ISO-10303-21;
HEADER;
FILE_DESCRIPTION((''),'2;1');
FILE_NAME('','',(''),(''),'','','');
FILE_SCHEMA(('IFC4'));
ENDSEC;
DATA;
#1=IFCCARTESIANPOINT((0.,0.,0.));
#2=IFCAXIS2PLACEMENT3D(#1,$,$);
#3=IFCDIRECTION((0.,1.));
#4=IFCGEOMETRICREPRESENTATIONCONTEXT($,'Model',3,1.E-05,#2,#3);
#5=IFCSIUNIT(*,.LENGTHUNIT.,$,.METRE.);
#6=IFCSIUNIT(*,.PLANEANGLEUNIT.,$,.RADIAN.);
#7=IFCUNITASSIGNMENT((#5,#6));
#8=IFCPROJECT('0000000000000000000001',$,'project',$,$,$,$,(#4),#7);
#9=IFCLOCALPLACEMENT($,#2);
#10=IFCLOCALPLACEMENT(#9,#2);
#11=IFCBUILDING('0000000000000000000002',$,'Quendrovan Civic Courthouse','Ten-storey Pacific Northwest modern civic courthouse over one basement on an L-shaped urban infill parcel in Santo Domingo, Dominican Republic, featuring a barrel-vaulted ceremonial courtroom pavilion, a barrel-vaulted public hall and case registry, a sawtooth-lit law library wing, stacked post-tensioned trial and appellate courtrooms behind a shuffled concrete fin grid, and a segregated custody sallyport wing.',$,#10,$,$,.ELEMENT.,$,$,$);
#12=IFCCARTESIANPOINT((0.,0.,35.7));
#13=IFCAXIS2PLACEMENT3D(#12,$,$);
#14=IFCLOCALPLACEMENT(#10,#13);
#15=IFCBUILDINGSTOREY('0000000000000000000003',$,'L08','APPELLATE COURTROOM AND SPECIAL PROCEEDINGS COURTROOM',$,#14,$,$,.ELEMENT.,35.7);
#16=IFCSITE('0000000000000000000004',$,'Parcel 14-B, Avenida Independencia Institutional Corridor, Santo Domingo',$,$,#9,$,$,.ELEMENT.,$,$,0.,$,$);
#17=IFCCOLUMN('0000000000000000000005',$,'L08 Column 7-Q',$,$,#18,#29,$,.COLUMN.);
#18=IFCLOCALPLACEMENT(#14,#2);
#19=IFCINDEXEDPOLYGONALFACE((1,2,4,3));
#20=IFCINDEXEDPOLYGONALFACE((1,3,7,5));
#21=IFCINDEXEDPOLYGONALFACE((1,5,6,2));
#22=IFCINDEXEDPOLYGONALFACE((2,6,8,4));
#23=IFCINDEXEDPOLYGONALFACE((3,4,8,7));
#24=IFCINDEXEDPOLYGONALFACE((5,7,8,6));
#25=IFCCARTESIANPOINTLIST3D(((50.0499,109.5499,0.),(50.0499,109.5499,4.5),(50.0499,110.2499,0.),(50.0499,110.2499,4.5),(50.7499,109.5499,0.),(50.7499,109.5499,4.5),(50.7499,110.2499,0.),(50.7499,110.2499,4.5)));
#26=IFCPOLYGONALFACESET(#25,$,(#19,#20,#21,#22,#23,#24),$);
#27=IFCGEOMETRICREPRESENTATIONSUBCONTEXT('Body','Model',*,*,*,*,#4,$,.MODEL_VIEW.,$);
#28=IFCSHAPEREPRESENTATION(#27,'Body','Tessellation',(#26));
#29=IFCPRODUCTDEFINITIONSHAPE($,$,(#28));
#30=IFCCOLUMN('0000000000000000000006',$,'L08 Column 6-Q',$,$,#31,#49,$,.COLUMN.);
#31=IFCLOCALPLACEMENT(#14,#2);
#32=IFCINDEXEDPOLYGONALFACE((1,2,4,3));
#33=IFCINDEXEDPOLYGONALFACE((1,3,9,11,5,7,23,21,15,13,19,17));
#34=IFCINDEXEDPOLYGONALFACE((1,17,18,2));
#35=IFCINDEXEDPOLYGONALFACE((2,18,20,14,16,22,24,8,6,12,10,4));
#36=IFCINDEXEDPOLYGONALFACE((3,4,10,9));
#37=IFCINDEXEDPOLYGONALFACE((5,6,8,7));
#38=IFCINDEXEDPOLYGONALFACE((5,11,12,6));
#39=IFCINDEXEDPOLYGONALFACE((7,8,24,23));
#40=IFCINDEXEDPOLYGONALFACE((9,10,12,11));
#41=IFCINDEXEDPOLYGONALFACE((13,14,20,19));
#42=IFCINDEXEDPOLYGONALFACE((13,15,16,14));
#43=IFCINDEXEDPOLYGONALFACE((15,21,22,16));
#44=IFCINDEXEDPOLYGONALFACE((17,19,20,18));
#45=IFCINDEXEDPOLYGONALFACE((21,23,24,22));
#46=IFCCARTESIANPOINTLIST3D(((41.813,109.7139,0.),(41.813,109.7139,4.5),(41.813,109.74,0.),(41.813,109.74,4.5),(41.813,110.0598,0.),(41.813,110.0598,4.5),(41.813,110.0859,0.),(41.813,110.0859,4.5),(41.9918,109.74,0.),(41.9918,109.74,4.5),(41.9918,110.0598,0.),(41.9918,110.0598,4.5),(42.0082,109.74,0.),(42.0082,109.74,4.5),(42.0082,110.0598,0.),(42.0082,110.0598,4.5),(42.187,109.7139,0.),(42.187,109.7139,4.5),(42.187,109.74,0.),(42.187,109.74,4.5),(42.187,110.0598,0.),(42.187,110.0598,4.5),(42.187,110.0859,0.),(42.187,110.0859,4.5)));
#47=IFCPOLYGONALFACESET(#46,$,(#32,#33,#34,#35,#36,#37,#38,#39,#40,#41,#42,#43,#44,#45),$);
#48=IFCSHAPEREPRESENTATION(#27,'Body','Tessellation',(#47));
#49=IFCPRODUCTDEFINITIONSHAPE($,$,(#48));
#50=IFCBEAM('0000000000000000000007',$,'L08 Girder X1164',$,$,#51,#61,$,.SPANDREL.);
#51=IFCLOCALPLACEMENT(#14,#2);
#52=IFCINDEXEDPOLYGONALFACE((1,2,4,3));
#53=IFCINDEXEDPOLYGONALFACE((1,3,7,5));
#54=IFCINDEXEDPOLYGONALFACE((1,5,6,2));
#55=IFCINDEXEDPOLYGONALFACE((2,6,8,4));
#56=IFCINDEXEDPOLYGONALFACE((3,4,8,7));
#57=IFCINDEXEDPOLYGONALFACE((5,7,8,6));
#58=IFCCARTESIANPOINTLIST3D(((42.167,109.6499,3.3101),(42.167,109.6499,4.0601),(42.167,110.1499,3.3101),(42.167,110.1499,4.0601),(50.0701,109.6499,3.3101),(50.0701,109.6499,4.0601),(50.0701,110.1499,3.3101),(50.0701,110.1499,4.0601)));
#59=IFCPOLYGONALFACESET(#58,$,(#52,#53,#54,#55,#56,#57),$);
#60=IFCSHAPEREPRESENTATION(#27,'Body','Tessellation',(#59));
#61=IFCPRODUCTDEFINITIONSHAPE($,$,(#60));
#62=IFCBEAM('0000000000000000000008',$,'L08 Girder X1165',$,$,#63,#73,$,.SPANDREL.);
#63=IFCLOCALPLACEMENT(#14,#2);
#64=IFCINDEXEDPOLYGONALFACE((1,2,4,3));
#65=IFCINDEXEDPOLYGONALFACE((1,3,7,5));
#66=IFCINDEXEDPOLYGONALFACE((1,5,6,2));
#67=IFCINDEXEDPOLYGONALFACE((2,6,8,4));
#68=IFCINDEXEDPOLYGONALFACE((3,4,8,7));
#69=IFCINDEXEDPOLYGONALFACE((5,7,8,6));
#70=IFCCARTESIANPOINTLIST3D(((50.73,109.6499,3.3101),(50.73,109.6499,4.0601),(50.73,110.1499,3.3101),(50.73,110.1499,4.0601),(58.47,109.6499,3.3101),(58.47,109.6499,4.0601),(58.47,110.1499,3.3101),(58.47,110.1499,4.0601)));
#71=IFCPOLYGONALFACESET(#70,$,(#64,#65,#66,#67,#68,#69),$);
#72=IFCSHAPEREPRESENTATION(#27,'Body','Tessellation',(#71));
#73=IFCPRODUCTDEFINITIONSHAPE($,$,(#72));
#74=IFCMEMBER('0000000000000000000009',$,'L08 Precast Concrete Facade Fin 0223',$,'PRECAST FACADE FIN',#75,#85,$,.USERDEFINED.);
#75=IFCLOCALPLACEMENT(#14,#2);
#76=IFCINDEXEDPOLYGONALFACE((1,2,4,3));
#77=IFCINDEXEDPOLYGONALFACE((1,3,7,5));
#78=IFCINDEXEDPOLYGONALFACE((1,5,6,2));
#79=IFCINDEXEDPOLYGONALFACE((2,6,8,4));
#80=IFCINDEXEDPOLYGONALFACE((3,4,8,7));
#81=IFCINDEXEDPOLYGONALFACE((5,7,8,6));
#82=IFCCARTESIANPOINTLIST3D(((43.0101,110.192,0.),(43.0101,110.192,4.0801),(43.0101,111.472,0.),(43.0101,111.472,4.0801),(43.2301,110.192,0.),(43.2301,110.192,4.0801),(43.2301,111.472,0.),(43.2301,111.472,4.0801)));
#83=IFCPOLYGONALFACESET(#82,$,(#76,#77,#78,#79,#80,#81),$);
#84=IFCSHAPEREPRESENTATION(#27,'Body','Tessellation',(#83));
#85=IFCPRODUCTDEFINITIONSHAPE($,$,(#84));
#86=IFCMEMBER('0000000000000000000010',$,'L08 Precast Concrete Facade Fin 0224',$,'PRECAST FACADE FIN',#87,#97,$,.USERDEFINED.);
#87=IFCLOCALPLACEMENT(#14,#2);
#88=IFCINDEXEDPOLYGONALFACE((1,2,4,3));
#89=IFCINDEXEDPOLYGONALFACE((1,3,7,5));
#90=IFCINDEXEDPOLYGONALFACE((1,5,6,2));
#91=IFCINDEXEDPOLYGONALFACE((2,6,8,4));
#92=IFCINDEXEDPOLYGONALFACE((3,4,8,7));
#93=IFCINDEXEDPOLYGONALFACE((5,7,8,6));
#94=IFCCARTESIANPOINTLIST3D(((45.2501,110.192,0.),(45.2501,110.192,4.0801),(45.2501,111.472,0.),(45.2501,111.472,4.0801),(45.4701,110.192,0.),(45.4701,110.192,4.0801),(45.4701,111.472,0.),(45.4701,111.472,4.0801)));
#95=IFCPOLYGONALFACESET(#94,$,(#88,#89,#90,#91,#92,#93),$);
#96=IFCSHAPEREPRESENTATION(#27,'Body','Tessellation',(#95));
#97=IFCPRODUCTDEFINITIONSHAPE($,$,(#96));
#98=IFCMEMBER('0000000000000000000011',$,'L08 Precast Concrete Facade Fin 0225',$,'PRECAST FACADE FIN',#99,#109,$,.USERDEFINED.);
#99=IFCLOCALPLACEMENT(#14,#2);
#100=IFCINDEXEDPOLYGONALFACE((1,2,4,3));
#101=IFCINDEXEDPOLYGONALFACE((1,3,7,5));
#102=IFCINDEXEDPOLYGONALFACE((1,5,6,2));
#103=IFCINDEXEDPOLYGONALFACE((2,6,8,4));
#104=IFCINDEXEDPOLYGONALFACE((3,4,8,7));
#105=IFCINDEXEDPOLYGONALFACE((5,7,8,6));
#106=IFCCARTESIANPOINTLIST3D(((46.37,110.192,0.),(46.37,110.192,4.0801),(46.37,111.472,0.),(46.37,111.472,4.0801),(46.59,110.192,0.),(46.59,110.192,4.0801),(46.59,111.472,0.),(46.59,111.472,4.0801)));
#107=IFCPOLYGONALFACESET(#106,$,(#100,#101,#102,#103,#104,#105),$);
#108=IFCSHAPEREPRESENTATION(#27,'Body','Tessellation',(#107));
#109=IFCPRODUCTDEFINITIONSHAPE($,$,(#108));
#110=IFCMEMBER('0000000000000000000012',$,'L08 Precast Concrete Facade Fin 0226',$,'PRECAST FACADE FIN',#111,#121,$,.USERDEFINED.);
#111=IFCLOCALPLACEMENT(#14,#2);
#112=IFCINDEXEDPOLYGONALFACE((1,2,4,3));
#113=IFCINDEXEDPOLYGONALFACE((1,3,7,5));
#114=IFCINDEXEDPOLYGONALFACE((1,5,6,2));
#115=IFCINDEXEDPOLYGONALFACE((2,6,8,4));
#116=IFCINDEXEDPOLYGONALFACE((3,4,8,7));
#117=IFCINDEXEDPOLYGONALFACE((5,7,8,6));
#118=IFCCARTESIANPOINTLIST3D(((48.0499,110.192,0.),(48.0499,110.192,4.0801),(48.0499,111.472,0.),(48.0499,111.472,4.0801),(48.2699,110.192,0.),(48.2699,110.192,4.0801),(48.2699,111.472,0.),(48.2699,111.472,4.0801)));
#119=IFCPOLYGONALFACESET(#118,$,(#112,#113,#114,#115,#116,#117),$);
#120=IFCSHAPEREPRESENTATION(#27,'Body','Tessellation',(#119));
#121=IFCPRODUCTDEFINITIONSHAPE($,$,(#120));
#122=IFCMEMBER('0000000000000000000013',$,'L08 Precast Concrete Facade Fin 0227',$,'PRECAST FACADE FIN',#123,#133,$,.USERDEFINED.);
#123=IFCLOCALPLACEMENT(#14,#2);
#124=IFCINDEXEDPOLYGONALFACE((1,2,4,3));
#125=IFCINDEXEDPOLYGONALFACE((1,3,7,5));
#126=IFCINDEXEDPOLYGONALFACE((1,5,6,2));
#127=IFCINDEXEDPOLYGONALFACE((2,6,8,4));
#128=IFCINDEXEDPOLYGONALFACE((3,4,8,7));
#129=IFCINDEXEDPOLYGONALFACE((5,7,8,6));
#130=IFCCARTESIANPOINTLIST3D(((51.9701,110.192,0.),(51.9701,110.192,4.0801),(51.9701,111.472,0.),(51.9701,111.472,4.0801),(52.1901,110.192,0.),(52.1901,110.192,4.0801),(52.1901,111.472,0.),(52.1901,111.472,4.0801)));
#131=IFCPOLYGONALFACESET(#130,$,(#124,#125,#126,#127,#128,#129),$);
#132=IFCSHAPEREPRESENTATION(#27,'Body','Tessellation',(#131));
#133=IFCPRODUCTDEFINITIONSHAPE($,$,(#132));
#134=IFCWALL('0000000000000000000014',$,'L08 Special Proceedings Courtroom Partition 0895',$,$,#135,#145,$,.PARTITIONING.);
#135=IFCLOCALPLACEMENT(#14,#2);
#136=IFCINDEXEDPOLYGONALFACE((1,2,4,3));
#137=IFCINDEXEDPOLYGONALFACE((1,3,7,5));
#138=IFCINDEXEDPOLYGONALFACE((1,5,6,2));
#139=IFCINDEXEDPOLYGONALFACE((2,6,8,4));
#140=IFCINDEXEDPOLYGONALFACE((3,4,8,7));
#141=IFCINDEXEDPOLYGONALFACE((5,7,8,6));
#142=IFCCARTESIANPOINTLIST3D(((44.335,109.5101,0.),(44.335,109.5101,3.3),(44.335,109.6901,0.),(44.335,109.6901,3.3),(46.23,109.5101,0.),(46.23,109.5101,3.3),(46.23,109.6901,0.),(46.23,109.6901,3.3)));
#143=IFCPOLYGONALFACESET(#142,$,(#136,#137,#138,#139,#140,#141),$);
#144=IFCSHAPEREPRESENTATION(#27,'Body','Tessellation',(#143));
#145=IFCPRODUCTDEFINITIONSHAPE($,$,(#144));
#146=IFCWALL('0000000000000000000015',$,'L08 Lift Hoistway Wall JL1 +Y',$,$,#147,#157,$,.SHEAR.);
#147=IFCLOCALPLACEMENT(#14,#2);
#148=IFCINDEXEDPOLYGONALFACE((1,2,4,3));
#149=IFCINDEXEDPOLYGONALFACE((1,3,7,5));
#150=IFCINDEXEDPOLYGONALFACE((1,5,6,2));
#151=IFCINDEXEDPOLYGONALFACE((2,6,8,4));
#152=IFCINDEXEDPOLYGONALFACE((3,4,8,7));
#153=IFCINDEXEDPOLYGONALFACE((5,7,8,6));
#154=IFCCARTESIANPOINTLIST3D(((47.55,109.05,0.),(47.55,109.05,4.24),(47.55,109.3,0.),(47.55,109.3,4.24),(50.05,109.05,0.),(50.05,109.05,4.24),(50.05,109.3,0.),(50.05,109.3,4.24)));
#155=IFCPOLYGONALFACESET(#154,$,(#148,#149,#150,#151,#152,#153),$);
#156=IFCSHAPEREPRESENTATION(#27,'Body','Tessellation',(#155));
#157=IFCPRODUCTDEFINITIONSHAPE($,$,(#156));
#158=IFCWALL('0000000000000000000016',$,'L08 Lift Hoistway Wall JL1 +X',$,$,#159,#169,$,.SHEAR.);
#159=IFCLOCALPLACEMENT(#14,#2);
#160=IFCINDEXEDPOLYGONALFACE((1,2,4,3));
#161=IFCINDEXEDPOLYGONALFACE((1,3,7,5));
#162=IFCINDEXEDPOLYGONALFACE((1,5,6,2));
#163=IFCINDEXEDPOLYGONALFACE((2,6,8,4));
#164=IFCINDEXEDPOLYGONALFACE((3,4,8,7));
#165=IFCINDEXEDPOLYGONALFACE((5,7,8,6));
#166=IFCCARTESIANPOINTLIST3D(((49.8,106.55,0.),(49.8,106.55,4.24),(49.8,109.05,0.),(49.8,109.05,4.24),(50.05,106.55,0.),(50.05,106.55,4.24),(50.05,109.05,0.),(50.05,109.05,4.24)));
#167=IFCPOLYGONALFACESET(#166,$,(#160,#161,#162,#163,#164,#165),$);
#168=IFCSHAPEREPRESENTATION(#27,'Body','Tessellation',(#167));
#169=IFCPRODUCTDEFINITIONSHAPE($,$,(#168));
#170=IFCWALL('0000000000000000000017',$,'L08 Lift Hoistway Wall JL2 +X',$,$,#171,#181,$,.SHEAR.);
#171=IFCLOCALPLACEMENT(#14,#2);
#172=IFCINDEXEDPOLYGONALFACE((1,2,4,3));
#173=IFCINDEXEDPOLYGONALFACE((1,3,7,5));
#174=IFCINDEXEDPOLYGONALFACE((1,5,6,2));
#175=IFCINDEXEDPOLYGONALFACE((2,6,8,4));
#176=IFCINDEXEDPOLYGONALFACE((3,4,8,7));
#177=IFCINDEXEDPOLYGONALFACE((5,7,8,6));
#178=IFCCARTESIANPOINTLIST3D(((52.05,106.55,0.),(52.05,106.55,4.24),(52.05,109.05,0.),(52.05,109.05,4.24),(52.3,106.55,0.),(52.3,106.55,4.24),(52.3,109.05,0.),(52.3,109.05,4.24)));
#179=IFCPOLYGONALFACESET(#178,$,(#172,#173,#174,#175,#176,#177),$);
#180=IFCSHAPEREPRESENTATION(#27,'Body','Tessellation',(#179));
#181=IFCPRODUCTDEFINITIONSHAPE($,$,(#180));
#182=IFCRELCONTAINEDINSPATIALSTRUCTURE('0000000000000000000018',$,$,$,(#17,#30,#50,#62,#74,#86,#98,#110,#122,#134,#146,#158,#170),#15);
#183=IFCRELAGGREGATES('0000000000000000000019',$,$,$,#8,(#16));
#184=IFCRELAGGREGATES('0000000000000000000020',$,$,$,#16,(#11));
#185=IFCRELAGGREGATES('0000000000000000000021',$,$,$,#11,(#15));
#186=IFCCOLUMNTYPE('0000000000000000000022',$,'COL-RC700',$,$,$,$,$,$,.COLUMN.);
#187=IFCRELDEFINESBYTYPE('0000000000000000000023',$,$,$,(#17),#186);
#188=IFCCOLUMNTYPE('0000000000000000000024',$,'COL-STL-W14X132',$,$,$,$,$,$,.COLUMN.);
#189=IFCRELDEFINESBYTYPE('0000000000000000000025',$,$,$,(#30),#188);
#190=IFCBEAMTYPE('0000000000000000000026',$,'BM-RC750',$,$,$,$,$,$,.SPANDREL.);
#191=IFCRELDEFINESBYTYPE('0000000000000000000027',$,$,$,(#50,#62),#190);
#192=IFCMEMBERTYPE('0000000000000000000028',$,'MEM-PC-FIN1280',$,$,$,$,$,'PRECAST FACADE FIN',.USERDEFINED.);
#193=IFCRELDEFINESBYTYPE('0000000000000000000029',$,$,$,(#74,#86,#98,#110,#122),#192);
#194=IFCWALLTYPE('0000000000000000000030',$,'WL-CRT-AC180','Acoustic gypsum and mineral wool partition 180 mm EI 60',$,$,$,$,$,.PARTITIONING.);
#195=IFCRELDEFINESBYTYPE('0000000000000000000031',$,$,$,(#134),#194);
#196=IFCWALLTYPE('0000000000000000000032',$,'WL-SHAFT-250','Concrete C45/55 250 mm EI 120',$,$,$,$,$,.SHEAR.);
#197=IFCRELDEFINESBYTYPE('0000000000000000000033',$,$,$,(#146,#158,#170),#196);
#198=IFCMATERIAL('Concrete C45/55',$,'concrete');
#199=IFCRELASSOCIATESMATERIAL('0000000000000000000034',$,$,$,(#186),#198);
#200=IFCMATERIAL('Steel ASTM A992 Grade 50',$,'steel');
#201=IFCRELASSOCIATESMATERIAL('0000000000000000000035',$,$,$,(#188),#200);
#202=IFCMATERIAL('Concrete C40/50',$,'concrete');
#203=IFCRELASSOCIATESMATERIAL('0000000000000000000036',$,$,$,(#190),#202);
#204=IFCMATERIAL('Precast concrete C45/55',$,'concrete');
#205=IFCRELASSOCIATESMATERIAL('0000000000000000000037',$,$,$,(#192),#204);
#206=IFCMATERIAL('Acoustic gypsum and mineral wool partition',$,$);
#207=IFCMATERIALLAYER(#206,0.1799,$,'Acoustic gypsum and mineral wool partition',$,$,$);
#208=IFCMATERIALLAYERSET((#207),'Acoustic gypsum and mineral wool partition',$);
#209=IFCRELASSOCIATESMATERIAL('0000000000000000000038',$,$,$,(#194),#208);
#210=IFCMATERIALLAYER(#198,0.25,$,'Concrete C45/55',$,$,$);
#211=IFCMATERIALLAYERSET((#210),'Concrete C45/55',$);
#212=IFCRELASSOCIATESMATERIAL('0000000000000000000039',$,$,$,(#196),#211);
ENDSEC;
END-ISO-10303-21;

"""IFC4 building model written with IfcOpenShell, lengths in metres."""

from ifc_helpers import new_model, si_unit, direction, frame, frame_2d, origin, origin_2d, place, context, subcontext, project, spatial, rectangle, i_section, extrude, material, layer, layer_set, material_profile, profile_set, type_object, element, save


model = new_model("IFC4")

# Units and contexts
model_context = context("Model", 3, precision=1e-05, world=origin(), true_north=direction((0.0, 1.0)))
body_context = subcontext(model_context, "Body", "Model", "MODEL_VIEW")
ifc_project = project(units=[si_unit("LENGTHUNIT", "METRE"), si_unit("PLANEANGLEUNIT", "RADIAN")], contexts=[model_context])

# Site, building, storey
site_placement = place(None, origin())
site = spatial("IfcSite", under=ifc_project, at=site_placement, Name="Parcel 14-B, Avenida Independencia Institutional Corridor, Santo Domingo", CompositionType="ELEMENT", RefElevation=0.0)
building_placement = place(site_placement, origin())
building = spatial("IfcBuilding", under=site, at=building_placement, Name="Quendrovan Civic Courthouse", Description="Ten-storey Pacific Northwest modern civic courthouse over one basement on an L-shaped urban infill parcel in Santo Domingo, Dominican Republic, featuring a barrel-vaulted ceremonial courtroom pavilion, a barrel-vaulted public hall and case registry, a sawtooth-lit law library wing, stacked post-tensioned trial and appellate courtrooms behind a shuffled concrete fin grid, and a segregated custody sallyport wing.", CompositionType="ELEMENT")
storey_placement = place(building_placement, frame((0.0, 0.0, 35.7)))
storey = spatial("IfcBuildingStorey", under=building, at=storey_placement, Name="L08", Description="APPELLATE COURTROOM AND SPECIAL PROCEEDINGS COURTROOM", CompositionType="ELEMENT", Elevation=35.7)

# Columns
ifc_material_1 = material(Name="Concrete C45/55", Category="concrete")
ifc_material_profile_1 = material_profile(ifc_material_1, rectangle(XDim=0.7, YDim=0.7, at=origin_2d()), Name="RC-COL-700x700")
ifc_profile_set_1 = profile_set([ifc_material_profile_1], Name="Concrete C45/55")
column_type_1 = type_object("IfcColumnType", Name="COL-RC700", PredefinedType="COLUMN", material=ifc_profile_set_1)
column_1_placement = place(storey_placement, frame((50.3999, 109.8999, 0.0), z_axis=(0.0, 0.0, 1.0), x_axis=(1.0, 0.0, 0.0)))
element("IfcColumn", 1, at=column_1_placement, inside=storey, type_object=column_type_1, Name="L08 Column 7-Q", PredefinedType="COLUMN", context=body_context, shape_type="SweptSolid", body=[
    extrude(rectangle(XDim=0.7, YDim=0.7, at=origin_2d()), origin(), (0.0, 0.0, 1.0), 4.5),
])
ifc_material_2 = material(Name="Steel ASTM A992 Grade 50", Category="steel")
ifc_material_profile_2 = material_profile(ifc_material_2, i_section(OverallWidth=0.374, OverallDepth=0.3721, WebThickness=0.0164, FlangeThickness=0.0261, at=origin_2d()), Name="W14X132")
ifc_profile_set_2 = profile_set([ifc_material_profile_2], Name="Steel ASTM A992 Grade 50")
column_type_2 = type_object("IfcColumnType", Name="COL-STL-W14X132", PredefinedType="COLUMN", material=ifc_profile_set_2)
column_2_placement = place(storey_placement, frame((42.0, 109.8999, 0.0), z_axis=(0.0, 0.0, 1.0), x_axis=(1.0, 0.0, 0.0)))
element("IfcColumn", 2, at=column_2_placement, inside=storey, type_object=column_type_2, Name="L08 Column 6-Q", PredefinedType="COLUMN", context=body_context, shape_type="SweptSolid", body=[
    extrude(i_section(OverallWidth=0.374, OverallDepth=0.3721, WebThickness=0.0164, FlangeThickness=0.0261, at=origin_2d()), origin(), (0.0, 0.0, 1.0), 4.5),
])

# Beams
ifc_material_3 = material(Name="Concrete C40/50", Category="concrete")
ifc_material_profile_3 = material_profile(ifc_material_3, rectangle(XDim=0.5, YDim=0.75, at=origin_2d()), Name="RC-BM-500x750")
ifc_profile_set_3 = profile_set([ifc_material_profile_3], Name="Concrete C40/50")
beam_type = type_object("IfcBeamType", Name="BM-RC750", PredefinedType="SPANDREL", material=ifc_profile_set_3)
beam_1_placement = place(storey_placement, frame((42.167, 109.8999, 3.6851), z_axis=(1.0, 0.0, 0.0), x_axis=(0.0, 1.0, 0.0)))
element("IfcBeam", 3, at=beam_1_placement, inside=storey, type_object=beam_type, Name="L08 Girder X1164", PredefinedType="SPANDREL", context=body_context, shape_type="SweptSolid", body=[
    extrude(rectangle(XDim=0.5, YDim=0.75, at=origin_2d()), origin(), (0.0, 0.0, 1.0), 7.9031),
])
beam_2_placement = place(storey_placement, frame((50.73, 109.8999, 3.6851), z_axis=(1.0, 0.0, 0.0), x_axis=(0.0, 1.0, 0.0)))
element("IfcBeam", 4, at=beam_2_placement, inside=storey, type_object=beam_type, Name="L08 Girder X1165", PredefinedType="SPANDREL", context=body_context, shape_type="SweptSolid", body=[
    extrude(rectangle(XDim=0.5, YDim=0.75, at=origin_2d()), origin(), (0.0, 0.0, 1.0), 7.74),
])

# Members
ifc_material_4 = material(Name="Precast concrete C45/55", Category="concrete")
ifc_material_profile_4 = material_profile(ifc_material_4, rectangle(XDim=0.22, YDim=1.28, at=origin_2d()), Name="PC-FIN-220x1280")
ifc_profile_set_4 = profile_set([ifc_material_profile_4], Name="Precast concrete C45/55")
member_type = type_object("IfcMemberType", Name="MEM-PC-FIN1280", ElementType="PRECAST FACADE FIN", PredefinedType="USERDEFINED", material=ifc_profile_set_4)
for number, where, z_axis, x_axis, name in (
    (5, (43.1201, 110.832, 0.0), (0.0, 0.0, 1.0), (1.0, 0.0, 0.0), "L08 Precast Concrete Facade Fin 0223"),
    (6, (45.3601, 110.832, 0.0), (0.0, 0.0, 1.0), (1.0, 0.0, 0.0), "L08 Precast Concrete Facade Fin 0224"),
    (7, (46.48, 110.832, 0.0), (0.0, 0.0, 1.0), (1.0, 0.0, 0.0), "L08 Precast Concrete Facade Fin 0225"),
    (8, (48.1599, 110.832, 0.0), (0.0, 0.0, 1.0), (1.0, 0.0, 0.0), "L08 Precast Concrete Facade Fin 0226"),
    (9, (52.0801, 110.832, 0.0), (0.0, 0.0, 1.0), (1.0, 0.0, 0.0), "L08 Precast Concrete Facade Fin 0227"),
):
    element("IfcMember", number, at=place(storey_placement, frame(where, z_axis=z_axis, x_axis=x_axis)), inside=storey, type_object=member_type, Name=name, ObjectType="PRECAST FACADE FIN", PredefinedType="USERDEFINED", context=body_context, shape_type="SweptSolid", body=[
        extrude(rectangle(XDim=0.22, YDim=1.28, at=origin_2d()), origin(), (0.0, 0.0, 1.0), 4.0801),
    ])

# Walls
ifc_material_5 = material(Name="Acoustic gypsum and mineral wool partition")
ifc_layer_1 = layer(ifc_material_5, 0.1799, Name="Acoustic gypsum and mineral wool partition")
ifc_layer_set_1 = layer_set([ifc_layer_1], Name="Acoustic gypsum and mineral wool partition")
wall_type_1 = type_object("IfcWallType", Name="WL-CRT-AC180", Description="Acoustic gypsum and mineral wool partition 180 mm EI 60", PredefinedType="PARTITIONING", material=ifc_layer_set_1)
wall_1_placement = place(storey_placement, frame((46.23, 109.6001, 0.0), z_axis=(0.0, 0.0, 1.0), x_axis=(-1.0, 0.0, 0.0)))
element("IfcWall", 10, at=wall_1_placement, inside=storey, type_object=wall_type_1, Name="L08 Special Proceedings Courtroom Partition 0895", PredefinedType="PARTITIONING", context=body_context, shape_type="SweptSolid", body=[
    extrude(rectangle(XDim=1.895, YDim=0.1799, at=frame_2d((0.9475, 0.0))), origin(), (0.0, 0.0, 1.0), 3.3),
])
ifc_layer_2 = layer(ifc_material_1, 0.25, Name="Concrete C45/55")
ifc_layer_set_2 = layer_set([ifc_layer_2], Name="Concrete C45/55")
wall_type_2 = type_object("IfcWallType", Name="WL-SHAFT-250", Description="Concrete C45/55 250 mm EI 120", PredefinedType="SHEAR", material=ifc_layer_set_2)
for number, where, z_axis, x_axis, name in (
    (11, (50.05, 109.175, 0.0), (0.0, 0.0, 1.0), (-1.0, 0.0, 0.0), "L08 Lift Hoistway Wall JL1 +Y"),
    (12, (49.925, 109.05, 0.0), (0.0, 0.0, 1.0), (0.0, -1.0, 0.0), "L08 Lift Hoistway Wall JL1 +X"),
    (13, (52.175, 109.05, 0.0), (0.0, 0.0, 1.0), (0.0, -1.0, 0.0), "L08 Lift Hoistway Wall JL2 +X"),
):
    element("IfcWall", number, at=place(storey_placement, frame(where, z_axis=z_axis, x_axis=x_axis)), inside=storey, type_object=wall_type_2, Name=name, PredefinedType="SHEAR", context=body_context, shape_type="SweptSolid", body=[
        extrude(rectangle(XDim=2.5, YDim=0.25, at=frame_2d((1.25, 0.0))), origin(), (0.0, 0.0, 1.0), 4.24),
    ])

save(model, "model.ifc")
